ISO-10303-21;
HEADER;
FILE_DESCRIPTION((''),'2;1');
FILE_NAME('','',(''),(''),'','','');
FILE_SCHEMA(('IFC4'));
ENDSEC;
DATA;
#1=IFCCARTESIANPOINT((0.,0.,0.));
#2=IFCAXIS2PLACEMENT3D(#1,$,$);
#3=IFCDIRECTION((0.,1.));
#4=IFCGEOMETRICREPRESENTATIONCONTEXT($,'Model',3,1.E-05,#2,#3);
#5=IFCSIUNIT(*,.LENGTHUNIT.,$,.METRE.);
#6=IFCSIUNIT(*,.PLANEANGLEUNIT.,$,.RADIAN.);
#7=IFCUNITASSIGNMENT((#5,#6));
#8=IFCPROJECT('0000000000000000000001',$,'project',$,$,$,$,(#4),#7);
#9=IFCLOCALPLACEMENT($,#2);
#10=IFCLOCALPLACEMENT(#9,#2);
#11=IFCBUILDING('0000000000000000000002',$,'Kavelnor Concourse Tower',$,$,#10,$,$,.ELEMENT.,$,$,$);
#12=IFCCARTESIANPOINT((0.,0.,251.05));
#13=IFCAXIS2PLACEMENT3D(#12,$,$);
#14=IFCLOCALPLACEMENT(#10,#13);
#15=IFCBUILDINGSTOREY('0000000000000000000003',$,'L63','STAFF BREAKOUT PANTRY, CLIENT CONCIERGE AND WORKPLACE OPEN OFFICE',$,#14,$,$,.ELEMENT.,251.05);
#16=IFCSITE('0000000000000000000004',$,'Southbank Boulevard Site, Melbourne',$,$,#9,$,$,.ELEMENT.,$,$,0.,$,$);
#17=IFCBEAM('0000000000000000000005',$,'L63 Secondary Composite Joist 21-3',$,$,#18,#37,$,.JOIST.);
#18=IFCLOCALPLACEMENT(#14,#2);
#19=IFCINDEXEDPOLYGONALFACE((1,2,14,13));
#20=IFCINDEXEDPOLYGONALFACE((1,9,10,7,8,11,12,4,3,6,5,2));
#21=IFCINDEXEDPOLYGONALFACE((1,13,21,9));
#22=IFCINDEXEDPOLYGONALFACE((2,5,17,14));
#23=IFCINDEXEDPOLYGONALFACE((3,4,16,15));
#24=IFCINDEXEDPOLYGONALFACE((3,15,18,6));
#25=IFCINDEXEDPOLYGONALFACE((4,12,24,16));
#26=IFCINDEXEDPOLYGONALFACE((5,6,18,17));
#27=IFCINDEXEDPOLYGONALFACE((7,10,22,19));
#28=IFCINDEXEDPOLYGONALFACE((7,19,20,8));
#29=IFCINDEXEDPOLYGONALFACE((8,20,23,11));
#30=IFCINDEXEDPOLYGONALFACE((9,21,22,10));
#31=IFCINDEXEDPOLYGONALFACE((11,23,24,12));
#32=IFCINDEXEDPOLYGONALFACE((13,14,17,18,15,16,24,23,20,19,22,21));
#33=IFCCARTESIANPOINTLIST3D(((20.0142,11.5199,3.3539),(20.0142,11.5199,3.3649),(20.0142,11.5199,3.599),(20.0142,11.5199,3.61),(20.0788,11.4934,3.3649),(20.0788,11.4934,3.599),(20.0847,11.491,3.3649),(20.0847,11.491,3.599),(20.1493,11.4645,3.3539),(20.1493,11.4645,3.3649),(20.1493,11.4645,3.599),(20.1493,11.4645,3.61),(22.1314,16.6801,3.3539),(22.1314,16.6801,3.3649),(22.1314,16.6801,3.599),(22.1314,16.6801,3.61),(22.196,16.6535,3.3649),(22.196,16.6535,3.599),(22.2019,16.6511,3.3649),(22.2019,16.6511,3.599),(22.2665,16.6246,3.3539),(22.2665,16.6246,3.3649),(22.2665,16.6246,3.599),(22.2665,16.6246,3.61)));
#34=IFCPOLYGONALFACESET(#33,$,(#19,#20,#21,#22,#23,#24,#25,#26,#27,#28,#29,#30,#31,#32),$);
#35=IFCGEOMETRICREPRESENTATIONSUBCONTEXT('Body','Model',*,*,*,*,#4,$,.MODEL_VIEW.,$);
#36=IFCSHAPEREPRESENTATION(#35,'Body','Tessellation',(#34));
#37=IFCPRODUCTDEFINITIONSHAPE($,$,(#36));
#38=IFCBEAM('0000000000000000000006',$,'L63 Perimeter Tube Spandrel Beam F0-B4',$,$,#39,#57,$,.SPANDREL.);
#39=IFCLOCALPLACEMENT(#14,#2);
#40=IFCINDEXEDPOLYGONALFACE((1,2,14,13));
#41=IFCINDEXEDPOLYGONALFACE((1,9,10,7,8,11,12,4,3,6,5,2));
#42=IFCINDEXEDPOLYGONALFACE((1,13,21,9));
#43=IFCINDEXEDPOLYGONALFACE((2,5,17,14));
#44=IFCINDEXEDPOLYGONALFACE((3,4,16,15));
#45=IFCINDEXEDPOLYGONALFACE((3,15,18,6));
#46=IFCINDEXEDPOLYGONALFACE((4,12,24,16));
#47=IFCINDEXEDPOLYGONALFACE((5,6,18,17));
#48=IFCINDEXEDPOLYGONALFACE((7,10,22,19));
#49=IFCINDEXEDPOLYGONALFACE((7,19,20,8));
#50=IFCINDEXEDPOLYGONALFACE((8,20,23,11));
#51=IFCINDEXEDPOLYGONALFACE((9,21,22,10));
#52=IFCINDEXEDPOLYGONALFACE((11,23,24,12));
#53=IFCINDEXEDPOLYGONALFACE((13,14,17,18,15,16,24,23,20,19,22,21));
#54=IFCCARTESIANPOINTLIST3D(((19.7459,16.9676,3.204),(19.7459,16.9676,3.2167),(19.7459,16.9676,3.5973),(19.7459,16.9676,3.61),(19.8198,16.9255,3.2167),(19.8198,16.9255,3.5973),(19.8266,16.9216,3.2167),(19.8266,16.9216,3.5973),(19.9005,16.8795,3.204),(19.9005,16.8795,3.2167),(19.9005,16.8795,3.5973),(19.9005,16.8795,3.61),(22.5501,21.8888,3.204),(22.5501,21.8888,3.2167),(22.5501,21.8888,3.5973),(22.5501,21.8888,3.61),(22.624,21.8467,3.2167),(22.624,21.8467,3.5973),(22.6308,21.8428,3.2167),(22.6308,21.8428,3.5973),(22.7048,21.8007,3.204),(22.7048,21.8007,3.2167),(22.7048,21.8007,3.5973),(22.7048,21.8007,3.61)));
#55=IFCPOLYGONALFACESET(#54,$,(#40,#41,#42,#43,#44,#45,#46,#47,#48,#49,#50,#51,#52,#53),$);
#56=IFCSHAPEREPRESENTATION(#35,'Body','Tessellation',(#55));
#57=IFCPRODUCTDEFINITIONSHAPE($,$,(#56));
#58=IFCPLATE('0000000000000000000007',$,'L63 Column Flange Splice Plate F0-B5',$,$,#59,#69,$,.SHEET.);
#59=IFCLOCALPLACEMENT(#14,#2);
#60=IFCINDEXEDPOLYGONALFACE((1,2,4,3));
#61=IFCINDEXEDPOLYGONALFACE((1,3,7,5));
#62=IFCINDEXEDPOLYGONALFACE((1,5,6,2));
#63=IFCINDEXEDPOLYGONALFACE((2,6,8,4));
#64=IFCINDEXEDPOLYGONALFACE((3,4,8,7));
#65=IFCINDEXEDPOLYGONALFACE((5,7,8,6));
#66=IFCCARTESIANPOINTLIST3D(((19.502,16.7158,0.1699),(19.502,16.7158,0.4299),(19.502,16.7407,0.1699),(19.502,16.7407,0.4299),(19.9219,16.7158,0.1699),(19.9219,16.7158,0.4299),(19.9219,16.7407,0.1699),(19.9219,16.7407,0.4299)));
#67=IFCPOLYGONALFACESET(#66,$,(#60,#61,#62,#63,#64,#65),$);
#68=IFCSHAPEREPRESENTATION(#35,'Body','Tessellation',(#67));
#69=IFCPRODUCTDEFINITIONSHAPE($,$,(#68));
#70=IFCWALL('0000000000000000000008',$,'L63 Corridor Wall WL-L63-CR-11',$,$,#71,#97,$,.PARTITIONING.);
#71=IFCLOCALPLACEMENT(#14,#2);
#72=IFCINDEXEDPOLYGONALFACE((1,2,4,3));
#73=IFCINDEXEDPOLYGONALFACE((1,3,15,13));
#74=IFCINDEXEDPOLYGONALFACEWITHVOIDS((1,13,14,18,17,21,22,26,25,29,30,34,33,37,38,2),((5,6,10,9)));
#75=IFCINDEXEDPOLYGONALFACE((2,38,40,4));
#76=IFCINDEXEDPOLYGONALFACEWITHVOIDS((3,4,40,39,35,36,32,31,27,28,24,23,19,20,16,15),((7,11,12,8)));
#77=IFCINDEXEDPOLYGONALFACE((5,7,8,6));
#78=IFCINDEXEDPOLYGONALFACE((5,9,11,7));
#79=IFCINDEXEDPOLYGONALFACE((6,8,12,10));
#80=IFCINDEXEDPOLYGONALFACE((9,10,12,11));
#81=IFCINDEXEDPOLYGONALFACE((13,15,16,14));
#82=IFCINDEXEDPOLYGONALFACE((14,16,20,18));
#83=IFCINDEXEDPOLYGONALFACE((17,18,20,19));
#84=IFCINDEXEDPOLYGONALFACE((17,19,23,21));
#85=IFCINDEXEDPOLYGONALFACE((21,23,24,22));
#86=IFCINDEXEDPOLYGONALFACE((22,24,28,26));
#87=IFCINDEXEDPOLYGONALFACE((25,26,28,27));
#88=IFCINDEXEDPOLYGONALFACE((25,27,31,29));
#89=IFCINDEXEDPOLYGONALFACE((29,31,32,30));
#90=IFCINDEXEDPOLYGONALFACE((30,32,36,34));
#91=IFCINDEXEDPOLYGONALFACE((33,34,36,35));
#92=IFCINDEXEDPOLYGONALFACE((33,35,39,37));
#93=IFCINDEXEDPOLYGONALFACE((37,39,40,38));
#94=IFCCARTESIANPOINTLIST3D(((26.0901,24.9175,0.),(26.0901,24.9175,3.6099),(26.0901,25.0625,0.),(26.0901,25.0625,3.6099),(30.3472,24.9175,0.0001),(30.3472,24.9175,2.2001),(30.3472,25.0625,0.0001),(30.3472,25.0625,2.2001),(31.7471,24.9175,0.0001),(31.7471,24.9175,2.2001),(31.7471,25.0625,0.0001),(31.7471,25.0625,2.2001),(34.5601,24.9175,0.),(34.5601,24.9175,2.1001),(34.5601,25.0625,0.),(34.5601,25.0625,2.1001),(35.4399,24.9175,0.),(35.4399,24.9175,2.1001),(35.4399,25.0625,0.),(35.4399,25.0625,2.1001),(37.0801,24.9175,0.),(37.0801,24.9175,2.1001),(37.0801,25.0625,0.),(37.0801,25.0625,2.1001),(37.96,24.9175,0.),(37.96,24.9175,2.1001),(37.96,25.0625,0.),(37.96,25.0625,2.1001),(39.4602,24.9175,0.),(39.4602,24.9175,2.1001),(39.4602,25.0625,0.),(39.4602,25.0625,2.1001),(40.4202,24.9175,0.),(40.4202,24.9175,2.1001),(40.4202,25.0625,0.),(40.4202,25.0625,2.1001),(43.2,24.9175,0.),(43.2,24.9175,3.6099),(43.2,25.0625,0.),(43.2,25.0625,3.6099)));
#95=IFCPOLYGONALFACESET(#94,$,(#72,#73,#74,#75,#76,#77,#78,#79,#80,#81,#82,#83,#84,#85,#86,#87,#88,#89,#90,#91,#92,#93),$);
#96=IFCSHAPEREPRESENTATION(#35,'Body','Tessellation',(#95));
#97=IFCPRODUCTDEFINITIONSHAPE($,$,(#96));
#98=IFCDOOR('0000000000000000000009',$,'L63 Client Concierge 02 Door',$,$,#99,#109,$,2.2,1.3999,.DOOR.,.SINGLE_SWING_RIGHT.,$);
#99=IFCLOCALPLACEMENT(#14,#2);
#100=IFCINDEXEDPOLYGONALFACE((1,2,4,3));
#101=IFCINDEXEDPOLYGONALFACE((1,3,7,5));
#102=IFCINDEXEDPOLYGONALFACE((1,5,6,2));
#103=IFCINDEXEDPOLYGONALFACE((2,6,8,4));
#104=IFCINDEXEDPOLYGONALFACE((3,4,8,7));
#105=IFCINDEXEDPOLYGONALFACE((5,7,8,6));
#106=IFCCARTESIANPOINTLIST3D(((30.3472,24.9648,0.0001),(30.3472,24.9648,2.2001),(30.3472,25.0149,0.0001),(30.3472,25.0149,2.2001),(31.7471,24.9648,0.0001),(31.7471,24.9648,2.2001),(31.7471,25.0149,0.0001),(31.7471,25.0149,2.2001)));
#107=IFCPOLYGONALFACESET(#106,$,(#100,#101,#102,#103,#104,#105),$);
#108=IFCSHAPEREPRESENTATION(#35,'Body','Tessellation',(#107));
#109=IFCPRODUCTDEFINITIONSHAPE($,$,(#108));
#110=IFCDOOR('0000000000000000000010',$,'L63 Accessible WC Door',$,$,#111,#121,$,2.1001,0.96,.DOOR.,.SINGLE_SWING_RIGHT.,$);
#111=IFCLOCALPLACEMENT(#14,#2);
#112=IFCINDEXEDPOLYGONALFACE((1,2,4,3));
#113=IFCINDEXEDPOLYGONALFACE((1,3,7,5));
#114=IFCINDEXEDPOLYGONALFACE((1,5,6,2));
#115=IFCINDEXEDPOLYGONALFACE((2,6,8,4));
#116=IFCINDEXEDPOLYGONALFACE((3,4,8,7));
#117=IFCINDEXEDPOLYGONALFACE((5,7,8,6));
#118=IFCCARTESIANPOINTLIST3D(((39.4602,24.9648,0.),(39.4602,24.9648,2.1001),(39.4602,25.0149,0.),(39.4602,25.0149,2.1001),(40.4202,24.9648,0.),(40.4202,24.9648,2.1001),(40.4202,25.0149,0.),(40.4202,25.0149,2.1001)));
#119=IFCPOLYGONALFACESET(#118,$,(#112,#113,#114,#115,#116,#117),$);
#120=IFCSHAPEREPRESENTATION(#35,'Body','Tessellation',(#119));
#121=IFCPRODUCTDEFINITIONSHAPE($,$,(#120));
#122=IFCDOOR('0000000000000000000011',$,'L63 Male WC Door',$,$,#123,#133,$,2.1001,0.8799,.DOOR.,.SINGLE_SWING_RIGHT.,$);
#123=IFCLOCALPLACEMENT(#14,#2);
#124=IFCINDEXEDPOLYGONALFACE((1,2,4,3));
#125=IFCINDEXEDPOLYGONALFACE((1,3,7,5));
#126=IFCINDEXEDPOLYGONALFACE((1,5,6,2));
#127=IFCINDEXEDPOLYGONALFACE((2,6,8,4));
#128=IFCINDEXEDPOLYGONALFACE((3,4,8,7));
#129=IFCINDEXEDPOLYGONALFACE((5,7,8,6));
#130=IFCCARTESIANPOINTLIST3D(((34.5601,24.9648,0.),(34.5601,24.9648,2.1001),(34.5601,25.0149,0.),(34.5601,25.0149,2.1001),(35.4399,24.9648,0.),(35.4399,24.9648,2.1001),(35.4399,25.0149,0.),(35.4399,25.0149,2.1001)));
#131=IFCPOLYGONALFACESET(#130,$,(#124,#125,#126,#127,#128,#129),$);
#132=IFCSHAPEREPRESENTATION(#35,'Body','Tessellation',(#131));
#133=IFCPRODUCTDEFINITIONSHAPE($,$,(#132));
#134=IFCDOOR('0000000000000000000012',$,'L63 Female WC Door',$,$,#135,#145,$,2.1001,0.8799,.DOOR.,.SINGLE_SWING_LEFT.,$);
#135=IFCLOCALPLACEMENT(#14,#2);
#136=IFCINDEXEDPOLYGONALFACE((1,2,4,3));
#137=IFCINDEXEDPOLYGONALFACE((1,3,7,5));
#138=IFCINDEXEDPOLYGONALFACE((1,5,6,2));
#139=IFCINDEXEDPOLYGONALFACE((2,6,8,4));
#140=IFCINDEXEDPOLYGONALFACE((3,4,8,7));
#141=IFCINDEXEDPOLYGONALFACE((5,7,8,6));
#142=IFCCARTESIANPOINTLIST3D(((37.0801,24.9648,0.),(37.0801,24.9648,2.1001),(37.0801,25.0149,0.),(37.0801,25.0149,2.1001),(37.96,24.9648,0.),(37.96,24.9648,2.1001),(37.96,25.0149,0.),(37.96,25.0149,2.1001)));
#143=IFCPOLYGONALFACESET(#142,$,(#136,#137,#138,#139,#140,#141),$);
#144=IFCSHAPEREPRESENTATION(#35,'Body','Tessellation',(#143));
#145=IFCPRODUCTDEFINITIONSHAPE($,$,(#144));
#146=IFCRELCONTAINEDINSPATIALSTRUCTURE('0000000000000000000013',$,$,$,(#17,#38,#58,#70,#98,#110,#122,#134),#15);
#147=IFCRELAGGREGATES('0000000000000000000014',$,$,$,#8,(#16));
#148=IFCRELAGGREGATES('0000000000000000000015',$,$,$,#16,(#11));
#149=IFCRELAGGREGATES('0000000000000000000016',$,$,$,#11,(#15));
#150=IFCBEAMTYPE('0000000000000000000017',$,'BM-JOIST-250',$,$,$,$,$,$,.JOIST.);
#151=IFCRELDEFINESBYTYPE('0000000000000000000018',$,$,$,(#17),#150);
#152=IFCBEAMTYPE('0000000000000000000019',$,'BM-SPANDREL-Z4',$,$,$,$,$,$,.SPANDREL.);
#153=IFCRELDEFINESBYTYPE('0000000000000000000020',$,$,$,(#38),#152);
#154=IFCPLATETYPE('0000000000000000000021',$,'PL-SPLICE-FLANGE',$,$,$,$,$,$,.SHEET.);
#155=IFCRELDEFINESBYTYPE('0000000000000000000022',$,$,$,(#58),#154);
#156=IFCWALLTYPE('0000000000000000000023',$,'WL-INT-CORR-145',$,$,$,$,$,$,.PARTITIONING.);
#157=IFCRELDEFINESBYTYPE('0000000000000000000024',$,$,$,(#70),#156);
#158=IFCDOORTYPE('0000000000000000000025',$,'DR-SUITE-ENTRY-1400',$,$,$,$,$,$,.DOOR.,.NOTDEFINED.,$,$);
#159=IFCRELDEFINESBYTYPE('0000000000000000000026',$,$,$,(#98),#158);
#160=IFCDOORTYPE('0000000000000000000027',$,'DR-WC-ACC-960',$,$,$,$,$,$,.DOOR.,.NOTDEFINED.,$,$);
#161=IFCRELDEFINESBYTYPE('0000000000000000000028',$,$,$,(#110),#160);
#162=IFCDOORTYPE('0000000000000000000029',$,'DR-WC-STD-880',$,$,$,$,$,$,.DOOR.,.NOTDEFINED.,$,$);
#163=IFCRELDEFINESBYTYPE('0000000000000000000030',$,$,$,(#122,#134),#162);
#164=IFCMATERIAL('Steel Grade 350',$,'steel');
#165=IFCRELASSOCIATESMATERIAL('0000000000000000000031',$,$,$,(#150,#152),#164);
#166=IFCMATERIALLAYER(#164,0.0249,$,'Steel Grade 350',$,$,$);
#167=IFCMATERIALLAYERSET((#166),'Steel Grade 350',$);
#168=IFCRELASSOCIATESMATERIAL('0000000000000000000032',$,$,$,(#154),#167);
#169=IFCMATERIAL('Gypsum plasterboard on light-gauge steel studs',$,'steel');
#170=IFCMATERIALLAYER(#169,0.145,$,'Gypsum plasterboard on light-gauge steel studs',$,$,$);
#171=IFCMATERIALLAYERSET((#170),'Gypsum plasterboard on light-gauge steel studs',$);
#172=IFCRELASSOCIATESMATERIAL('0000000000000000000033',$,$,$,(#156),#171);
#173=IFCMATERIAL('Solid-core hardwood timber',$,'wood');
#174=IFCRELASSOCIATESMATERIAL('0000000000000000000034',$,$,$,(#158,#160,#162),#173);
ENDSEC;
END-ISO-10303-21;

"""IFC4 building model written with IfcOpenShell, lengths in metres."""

from ifc_helpers import new_model, si_unit, direction, frame, frame_2d, origin, origin_2d, place, context, subcontext, project, spatial, rectangle, i_section, extrude, material, layer, layer_set, material_profile, profile_set, type_object, element, fill, save


model = new_model("IFC4")

# Units and contexts
model_context = context("Model", 3, precision=1e-05, world=origin(), true_north=direction((0.0, 1.0)))
body_context = subcontext(model_context, "Body", "Model", "MODEL_VIEW")
ifc_project = project(units=[si_unit("LENGTHUNIT", "METRE"), si_unit("PLANEANGLEUNIT", "RADIAN")], contexts=[model_context])

# Site, building, storey
site_placement = place(None, origin())
site = spatial("IfcSite", under=ifc_project, at=site_placement, Name="Southbank Boulevard Site, Melbourne", CompositionType="ELEMENT", RefElevation=0.0)
building_placement = place(site_placement, origin())
building = spatial("IfcBuilding", under=site, at=building_placement, Name="Kavelnor Concourse Tower", CompositionType="ELEMENT")
storey_placement = place(building_placement, frame((0.0, 0.0, 251.05)))
storey = spatial("IfcBuildingStorey", under=building, at=storey_placement, Name="L63", Description="STAFF BREAKOUT PANTRY, CLIENT CONCIERGE AND WORKPLACE OPEN OFFICE", CompositionType="ELEMENT", Elevation=251.05)

# Shared definitions
ifc_material_1 = material(Name="Steel Grade 350", Category="steel")

# Beams
ifc_material_profile_1 = material_profile(ifc_material_1, i_section(OverallWidth=0.146, OverallDepth=0.2561, WebThickness=0.0063, FlangeThickness=0.011, at=origin_2d()), Name="250UB37")
ifc_profile_set_1 = profile_set([ifc_material_profile_1], Name="Steel Grade 350")
beam_type_1 = type_object("IfcBeamType", Name="BM-JOIST-250", PredefinedType="JOIST", material=ifc_profile_set_1)
beam_1_placement = place(storey_placement, frame((22.199, 16.6523, 3.4819), z_axis=(-0.379587, -0.925156, 0.0), x_axis=(0.925156, -0.379587, 0.0)))
element("IfcBeam", 1, at=beam_1_placement, inside=storey, type_object=beam_type_1, Name="L63 Secondary Composite Joist 21-3", PredefinedType="JOIST", context=body_context, shape_type="SweptSolid", body=[
    extrude(i_section(OverallWidth=0.146, OverallDepth=0.2561, WebThickness=0.0063, FlangeThickness=0.011, at=origin_2d()), origin(), (0.0, 0.0, 1.0), 5.5776),
])
ifc_material_profile_2 = material_profile(ifc_material_1, i_section(OverallWidth=0.178, OverallDepth=0.406, WebThickness=0.0078, FlangeThickness=0.0127, at=origin_2d()), Name="410UB59")
ifc_profile_set_2 = profile_set([ifc_material_profile_2], Name="Steel Grade 350")
beam_type_2 = type_object("IfcBeamType", Name="BM-SPANDREL-Z4", PredefinedType="SPANDREL", material=ifc_profile_set_2)
beam_2_placement = place(storey_placement, frame((22.6274, 21.8447, 3.407), z_axis=(-0.495089, -0.868842, 0.0), x_axis=(0.868842, -0.495089, 0.0)))
element("IfcBeam", 2, at=beam_2_placement, inside=storey, type_object=beam_type_2, Name="L63 Perimeter Tube Spandrel Beam F0-B4", PredefinedType="SPANDREL", context=body_context, shape_type="SweptSolid", body=[
    extrude(i_section(OverallWidth=0.178, OverallDepth=0.406, WebThickness=0.0078, FlangeThickness=0.0127, at=origin_2d()), origin(), (0.0, 0.0, 1.0), 5.6641),
])

# Plate
ifc_layer_1 = layer(ifc_material_1, 0.0249, Name="Steel Grade 350")
ifc_layer_set_1 = layer_set([ifc_layer_1], Name="Steel Grade 350")
plate_type = type_object("IfcPlateType", Name="PL-SPLICE-FLANGE", PredefinedType="SHEET", material=ifc_layer_set_1)
plate_placement = place(storey_placement, frame((19.7119, 16.7283, 0.1699), z_axis=(0.0, 0.0, 1.0), x_axis=(1.0, 0.0, 0.0)))
element("IfcPlate", 3, at=plate_placement, inside=storey, type_object=plate_type, Name="L63 Column Flange Splice Plate F0-B5", PredefinedType="SHEET", context=body_context, shape_type="SweptSolid", body=[
    extrude(rectangle(XDim=0.4199, YDim=0.0249, at=origin_2d()), origin(), (0.0, 0.0, 1.0), 0.26),
])

# Wall, openings, doors
ifc_material_2 = material(Name="Gypsum plasterboard on light-gauge steel studs", Category="steel")
ifc_layer_2 = layer(ifc_material_2, 0.145, Name="Gypsum plasterboard on light-gauge steel studs")
ifc_layer_set_2 = layer_set([ifc_layer_2], Name="Gypsum plasterboard on light-gauge steel studs")
wall_type_1 = type_object("IfcWallType", Name="WL-INT-CORR-145", PredefinedType="PARTITIONING", material=ifc_layer_set_2)
wall_1_placement = place(storey_placement, frame((26.0901, 24.99, 0.0), z_axis=(0.0, 0.0, 1.0), x_axis=(1.0, 0.0, 0.0)))
wall_1 = element("IfcWall", 4, at=wall_1_placement, inside=storey, type_object=wall_type_1, Name="L63 Corridor Wall WL-L63-CR-11", PredefinedType="PARTITIONING", context=body_context, shape_type="SweptSolid", body=[
    extrude(rectangle(XDim=17.1099, YDim=0.145, at=frame_2d((8.5549, 0.0))), origin(), (0.0, 0.0, 1.0), 3.6099),
])
opening_1_placement = place(wall_1_placement, frame((8.47, 0.0, 0.0)))
opening_1 = element("IfcOpeningElement", 5, at=opening_1_placement, cuts=wall_1, PredefinedType="OPENING", context=body_context, shape_type="SweptSolid", body=[
    extrude(rectangle(XDim=0.8799, YDim=2.1001, at=frame_2d((0.4399, 1.05))), frame((0.0, 0.0825, 0.0), z_axis=(0.0, -1.0, 0.0), x_axis=(1.0, 0.0, 0.0)), (0.0, 0.0, 1.0), 0.165),
])
opening_2_placement = place(wall_1_placement, frame((10.99, 0.0, 0.0)))
opening_2 = element("IfcOpeningElement", 6, at=opening_2_placement, cuts=wall_1, PredefinedType="OPENING", context=body_context, shape_type="SweptSolid", body=[
    extrude(rectangle(XDim=0.8799, YDim=2.1001, at=frame_2d((0.4399, 1.05))), frame((0.0, 0.0825, 0.0), z_axis=(0.0, -1.0, 0.0), x_axis=(1.0, 0.0, 0.0)), (0.0, 0.0, 1.0), 0.165),
])
opening_3_placement = place(wall_1_placement, frame((13.3701, 0.0, 0.0)))
opening_3 = element("IfcOpeningElement", 7, at=opening_3_placement, cuts=wall_1, PredefinedType="OPENING", context=body_context, shape_type="SweptSolid", body=[
    extrude(rectangle(XDim=0.96, YDim=2.1001, at=frame_2d((0.48, 1.05))), frame((0.0, 0.0825, 0.0), z_axis=(0.0, -1.0, 0.0), x_axis=(1.0, 0.0, 0.0)), (0.0, 0.0, 1.0), 0.165),
])
opening_4_placement = place(wall_1_placement, frame((4.2571, 0.0, 0.0)))
opening_4 = element("IfcOpeningElement", 8, at=opening_4_placement, cuts=wall_1, PredefinedType="OPENING", context=body_context, shape_type="SweptSolid", body=[
    extrude(rectangle(XDim=1.3999, YDim=2.2, at=frame_2d((0.7, 1.1001))), frame((0.0, 0.0825, 0.0), z_axis=(0.0, -1.0, 0.0), x_axis=(1.0, 0.0, 0.0)), (0.0, 0.0, 1.0), 0.165),
])
ifc_material_3 = material(Name="Solid-core hardwood timber", Category="wood")
door_type_1 = type_object("IfcDoorType", Name="DR-SUITE-ENTRY-1400", OperationType="NOTDEFINED", PredefinedType="DOOR", material=ifc_material_3)
door_1_placement = place(opening_4_placement, origin())
door_1 = element("IfcDoor", 9, at=door_1_placement, inside=storey, type_object=door_type_1, Name="L63 Client Concierge 02 Door", OperationType="SINGLE_SWING_RIGHT", OverallHeight=2.2, OverallWidth=1.3999, PredefinedType="DOOR", context=body_context, shape_type="SweptSolid", body=[
    extrude(rectangle(XDim=1.3999, YDim=2.2, at=frame_2d((0.7, 1.1001))), frame((0.0, 0.0249, 0.0), z_axis=(0.0, -1.0, 0.0), x_axis=(1.0, 0.0, 0.0)), (0.0, 0.0, 1.0), 0.05),
])
fill(opening_4, door_1)
door_type_2 = type_object("IfcDoorType", Name="DR-WC-ACC-960", OperationType="NOTDEFINED", PredefinedType="DOOR", material=ifc_material_3)
door_2_placement = place(opening_3_placement, origin())
door_2 = element("IfcDoor", 10, at=door_2_placement, inside=storey, type_object=door_type_2, Name="L63 Accessible WC Door", OperationType="SINGLE_SWING_RIGHT", OverallHeight=2.1001, OverallWidth=0.96, PredefinedType="DOOR", context=body_context, shape_type="SweptSolid", body=[
    extrude(rectangle(XDim=0.96, YDim=2.1001, at=frame_2d((0.48, 1.05))), frame((0.0, 0.0249, 0.0), z_axis=(0.0, -1.0, 0.0), x_axis=(1.0, 0.0, 0.0)), (0.0, 0.0, 1.0), 0.05),
])
fill(opening_3, door_2)
door_type_3 = type_object("IfcDoorType", Name="DR-WC-STD-880", OperationType="NOTDEFINED", PredefinedType="DOOR", material=ifc_material_3)
door_3_placement = place(opening_1_placement, origin())
door_3 = element("IfcDoor", 11, at=door_3_placement, inside=storey, type_object=door_type_3, Name="L63 Male WC Door", OperationType="SINGLE_SWING_RIGHT", OverallHeight=2.1001, OverallWidth=0.8799, PredefinedType="DOOR", context=body_context, shape_type="SweptSolid", body=[
    extrude(rectangle(XDim=0.8799, YDim=2.1001, at=frame_2d((0.4399, 1.05))), frame((0.0, 0.0249, 0.0), z_axis=(0.0, -1.0, 0.0), x_axis=(1.0, 0.0, 0.0)), (0.0, 0.0, 1.0), 0.05),
])
fill(opening_1, door_3)
door_4_placement = place(opening_2_placement, origin())
door_4 = element("IfcDoor", 12, at=door_4_placement, inside=storey, type_object=door_type_3, Name="L63 Female WC Door", OperationType="SINGLE_SWING_LEFT", OverallHeight=2.1001, OverallWidth=0.8799, PredefinedType="DOOR", context=body_context, shape_type="SweptSolid", body=[
    extrude(rectangle(XDim=0.8799, YDim=2.1001, at=frame_2d((0.4399, 1.05))), frame((0.0, 0.0249, 0.0), z_axis=(0.0, -1.0, 0.0), x_axis=(1.0, 0.0, 0.0)), (0.0, 0.0, 1.0), 0.05),
])
fill(opening_2, door_4)

save(model, "model.ifc")
